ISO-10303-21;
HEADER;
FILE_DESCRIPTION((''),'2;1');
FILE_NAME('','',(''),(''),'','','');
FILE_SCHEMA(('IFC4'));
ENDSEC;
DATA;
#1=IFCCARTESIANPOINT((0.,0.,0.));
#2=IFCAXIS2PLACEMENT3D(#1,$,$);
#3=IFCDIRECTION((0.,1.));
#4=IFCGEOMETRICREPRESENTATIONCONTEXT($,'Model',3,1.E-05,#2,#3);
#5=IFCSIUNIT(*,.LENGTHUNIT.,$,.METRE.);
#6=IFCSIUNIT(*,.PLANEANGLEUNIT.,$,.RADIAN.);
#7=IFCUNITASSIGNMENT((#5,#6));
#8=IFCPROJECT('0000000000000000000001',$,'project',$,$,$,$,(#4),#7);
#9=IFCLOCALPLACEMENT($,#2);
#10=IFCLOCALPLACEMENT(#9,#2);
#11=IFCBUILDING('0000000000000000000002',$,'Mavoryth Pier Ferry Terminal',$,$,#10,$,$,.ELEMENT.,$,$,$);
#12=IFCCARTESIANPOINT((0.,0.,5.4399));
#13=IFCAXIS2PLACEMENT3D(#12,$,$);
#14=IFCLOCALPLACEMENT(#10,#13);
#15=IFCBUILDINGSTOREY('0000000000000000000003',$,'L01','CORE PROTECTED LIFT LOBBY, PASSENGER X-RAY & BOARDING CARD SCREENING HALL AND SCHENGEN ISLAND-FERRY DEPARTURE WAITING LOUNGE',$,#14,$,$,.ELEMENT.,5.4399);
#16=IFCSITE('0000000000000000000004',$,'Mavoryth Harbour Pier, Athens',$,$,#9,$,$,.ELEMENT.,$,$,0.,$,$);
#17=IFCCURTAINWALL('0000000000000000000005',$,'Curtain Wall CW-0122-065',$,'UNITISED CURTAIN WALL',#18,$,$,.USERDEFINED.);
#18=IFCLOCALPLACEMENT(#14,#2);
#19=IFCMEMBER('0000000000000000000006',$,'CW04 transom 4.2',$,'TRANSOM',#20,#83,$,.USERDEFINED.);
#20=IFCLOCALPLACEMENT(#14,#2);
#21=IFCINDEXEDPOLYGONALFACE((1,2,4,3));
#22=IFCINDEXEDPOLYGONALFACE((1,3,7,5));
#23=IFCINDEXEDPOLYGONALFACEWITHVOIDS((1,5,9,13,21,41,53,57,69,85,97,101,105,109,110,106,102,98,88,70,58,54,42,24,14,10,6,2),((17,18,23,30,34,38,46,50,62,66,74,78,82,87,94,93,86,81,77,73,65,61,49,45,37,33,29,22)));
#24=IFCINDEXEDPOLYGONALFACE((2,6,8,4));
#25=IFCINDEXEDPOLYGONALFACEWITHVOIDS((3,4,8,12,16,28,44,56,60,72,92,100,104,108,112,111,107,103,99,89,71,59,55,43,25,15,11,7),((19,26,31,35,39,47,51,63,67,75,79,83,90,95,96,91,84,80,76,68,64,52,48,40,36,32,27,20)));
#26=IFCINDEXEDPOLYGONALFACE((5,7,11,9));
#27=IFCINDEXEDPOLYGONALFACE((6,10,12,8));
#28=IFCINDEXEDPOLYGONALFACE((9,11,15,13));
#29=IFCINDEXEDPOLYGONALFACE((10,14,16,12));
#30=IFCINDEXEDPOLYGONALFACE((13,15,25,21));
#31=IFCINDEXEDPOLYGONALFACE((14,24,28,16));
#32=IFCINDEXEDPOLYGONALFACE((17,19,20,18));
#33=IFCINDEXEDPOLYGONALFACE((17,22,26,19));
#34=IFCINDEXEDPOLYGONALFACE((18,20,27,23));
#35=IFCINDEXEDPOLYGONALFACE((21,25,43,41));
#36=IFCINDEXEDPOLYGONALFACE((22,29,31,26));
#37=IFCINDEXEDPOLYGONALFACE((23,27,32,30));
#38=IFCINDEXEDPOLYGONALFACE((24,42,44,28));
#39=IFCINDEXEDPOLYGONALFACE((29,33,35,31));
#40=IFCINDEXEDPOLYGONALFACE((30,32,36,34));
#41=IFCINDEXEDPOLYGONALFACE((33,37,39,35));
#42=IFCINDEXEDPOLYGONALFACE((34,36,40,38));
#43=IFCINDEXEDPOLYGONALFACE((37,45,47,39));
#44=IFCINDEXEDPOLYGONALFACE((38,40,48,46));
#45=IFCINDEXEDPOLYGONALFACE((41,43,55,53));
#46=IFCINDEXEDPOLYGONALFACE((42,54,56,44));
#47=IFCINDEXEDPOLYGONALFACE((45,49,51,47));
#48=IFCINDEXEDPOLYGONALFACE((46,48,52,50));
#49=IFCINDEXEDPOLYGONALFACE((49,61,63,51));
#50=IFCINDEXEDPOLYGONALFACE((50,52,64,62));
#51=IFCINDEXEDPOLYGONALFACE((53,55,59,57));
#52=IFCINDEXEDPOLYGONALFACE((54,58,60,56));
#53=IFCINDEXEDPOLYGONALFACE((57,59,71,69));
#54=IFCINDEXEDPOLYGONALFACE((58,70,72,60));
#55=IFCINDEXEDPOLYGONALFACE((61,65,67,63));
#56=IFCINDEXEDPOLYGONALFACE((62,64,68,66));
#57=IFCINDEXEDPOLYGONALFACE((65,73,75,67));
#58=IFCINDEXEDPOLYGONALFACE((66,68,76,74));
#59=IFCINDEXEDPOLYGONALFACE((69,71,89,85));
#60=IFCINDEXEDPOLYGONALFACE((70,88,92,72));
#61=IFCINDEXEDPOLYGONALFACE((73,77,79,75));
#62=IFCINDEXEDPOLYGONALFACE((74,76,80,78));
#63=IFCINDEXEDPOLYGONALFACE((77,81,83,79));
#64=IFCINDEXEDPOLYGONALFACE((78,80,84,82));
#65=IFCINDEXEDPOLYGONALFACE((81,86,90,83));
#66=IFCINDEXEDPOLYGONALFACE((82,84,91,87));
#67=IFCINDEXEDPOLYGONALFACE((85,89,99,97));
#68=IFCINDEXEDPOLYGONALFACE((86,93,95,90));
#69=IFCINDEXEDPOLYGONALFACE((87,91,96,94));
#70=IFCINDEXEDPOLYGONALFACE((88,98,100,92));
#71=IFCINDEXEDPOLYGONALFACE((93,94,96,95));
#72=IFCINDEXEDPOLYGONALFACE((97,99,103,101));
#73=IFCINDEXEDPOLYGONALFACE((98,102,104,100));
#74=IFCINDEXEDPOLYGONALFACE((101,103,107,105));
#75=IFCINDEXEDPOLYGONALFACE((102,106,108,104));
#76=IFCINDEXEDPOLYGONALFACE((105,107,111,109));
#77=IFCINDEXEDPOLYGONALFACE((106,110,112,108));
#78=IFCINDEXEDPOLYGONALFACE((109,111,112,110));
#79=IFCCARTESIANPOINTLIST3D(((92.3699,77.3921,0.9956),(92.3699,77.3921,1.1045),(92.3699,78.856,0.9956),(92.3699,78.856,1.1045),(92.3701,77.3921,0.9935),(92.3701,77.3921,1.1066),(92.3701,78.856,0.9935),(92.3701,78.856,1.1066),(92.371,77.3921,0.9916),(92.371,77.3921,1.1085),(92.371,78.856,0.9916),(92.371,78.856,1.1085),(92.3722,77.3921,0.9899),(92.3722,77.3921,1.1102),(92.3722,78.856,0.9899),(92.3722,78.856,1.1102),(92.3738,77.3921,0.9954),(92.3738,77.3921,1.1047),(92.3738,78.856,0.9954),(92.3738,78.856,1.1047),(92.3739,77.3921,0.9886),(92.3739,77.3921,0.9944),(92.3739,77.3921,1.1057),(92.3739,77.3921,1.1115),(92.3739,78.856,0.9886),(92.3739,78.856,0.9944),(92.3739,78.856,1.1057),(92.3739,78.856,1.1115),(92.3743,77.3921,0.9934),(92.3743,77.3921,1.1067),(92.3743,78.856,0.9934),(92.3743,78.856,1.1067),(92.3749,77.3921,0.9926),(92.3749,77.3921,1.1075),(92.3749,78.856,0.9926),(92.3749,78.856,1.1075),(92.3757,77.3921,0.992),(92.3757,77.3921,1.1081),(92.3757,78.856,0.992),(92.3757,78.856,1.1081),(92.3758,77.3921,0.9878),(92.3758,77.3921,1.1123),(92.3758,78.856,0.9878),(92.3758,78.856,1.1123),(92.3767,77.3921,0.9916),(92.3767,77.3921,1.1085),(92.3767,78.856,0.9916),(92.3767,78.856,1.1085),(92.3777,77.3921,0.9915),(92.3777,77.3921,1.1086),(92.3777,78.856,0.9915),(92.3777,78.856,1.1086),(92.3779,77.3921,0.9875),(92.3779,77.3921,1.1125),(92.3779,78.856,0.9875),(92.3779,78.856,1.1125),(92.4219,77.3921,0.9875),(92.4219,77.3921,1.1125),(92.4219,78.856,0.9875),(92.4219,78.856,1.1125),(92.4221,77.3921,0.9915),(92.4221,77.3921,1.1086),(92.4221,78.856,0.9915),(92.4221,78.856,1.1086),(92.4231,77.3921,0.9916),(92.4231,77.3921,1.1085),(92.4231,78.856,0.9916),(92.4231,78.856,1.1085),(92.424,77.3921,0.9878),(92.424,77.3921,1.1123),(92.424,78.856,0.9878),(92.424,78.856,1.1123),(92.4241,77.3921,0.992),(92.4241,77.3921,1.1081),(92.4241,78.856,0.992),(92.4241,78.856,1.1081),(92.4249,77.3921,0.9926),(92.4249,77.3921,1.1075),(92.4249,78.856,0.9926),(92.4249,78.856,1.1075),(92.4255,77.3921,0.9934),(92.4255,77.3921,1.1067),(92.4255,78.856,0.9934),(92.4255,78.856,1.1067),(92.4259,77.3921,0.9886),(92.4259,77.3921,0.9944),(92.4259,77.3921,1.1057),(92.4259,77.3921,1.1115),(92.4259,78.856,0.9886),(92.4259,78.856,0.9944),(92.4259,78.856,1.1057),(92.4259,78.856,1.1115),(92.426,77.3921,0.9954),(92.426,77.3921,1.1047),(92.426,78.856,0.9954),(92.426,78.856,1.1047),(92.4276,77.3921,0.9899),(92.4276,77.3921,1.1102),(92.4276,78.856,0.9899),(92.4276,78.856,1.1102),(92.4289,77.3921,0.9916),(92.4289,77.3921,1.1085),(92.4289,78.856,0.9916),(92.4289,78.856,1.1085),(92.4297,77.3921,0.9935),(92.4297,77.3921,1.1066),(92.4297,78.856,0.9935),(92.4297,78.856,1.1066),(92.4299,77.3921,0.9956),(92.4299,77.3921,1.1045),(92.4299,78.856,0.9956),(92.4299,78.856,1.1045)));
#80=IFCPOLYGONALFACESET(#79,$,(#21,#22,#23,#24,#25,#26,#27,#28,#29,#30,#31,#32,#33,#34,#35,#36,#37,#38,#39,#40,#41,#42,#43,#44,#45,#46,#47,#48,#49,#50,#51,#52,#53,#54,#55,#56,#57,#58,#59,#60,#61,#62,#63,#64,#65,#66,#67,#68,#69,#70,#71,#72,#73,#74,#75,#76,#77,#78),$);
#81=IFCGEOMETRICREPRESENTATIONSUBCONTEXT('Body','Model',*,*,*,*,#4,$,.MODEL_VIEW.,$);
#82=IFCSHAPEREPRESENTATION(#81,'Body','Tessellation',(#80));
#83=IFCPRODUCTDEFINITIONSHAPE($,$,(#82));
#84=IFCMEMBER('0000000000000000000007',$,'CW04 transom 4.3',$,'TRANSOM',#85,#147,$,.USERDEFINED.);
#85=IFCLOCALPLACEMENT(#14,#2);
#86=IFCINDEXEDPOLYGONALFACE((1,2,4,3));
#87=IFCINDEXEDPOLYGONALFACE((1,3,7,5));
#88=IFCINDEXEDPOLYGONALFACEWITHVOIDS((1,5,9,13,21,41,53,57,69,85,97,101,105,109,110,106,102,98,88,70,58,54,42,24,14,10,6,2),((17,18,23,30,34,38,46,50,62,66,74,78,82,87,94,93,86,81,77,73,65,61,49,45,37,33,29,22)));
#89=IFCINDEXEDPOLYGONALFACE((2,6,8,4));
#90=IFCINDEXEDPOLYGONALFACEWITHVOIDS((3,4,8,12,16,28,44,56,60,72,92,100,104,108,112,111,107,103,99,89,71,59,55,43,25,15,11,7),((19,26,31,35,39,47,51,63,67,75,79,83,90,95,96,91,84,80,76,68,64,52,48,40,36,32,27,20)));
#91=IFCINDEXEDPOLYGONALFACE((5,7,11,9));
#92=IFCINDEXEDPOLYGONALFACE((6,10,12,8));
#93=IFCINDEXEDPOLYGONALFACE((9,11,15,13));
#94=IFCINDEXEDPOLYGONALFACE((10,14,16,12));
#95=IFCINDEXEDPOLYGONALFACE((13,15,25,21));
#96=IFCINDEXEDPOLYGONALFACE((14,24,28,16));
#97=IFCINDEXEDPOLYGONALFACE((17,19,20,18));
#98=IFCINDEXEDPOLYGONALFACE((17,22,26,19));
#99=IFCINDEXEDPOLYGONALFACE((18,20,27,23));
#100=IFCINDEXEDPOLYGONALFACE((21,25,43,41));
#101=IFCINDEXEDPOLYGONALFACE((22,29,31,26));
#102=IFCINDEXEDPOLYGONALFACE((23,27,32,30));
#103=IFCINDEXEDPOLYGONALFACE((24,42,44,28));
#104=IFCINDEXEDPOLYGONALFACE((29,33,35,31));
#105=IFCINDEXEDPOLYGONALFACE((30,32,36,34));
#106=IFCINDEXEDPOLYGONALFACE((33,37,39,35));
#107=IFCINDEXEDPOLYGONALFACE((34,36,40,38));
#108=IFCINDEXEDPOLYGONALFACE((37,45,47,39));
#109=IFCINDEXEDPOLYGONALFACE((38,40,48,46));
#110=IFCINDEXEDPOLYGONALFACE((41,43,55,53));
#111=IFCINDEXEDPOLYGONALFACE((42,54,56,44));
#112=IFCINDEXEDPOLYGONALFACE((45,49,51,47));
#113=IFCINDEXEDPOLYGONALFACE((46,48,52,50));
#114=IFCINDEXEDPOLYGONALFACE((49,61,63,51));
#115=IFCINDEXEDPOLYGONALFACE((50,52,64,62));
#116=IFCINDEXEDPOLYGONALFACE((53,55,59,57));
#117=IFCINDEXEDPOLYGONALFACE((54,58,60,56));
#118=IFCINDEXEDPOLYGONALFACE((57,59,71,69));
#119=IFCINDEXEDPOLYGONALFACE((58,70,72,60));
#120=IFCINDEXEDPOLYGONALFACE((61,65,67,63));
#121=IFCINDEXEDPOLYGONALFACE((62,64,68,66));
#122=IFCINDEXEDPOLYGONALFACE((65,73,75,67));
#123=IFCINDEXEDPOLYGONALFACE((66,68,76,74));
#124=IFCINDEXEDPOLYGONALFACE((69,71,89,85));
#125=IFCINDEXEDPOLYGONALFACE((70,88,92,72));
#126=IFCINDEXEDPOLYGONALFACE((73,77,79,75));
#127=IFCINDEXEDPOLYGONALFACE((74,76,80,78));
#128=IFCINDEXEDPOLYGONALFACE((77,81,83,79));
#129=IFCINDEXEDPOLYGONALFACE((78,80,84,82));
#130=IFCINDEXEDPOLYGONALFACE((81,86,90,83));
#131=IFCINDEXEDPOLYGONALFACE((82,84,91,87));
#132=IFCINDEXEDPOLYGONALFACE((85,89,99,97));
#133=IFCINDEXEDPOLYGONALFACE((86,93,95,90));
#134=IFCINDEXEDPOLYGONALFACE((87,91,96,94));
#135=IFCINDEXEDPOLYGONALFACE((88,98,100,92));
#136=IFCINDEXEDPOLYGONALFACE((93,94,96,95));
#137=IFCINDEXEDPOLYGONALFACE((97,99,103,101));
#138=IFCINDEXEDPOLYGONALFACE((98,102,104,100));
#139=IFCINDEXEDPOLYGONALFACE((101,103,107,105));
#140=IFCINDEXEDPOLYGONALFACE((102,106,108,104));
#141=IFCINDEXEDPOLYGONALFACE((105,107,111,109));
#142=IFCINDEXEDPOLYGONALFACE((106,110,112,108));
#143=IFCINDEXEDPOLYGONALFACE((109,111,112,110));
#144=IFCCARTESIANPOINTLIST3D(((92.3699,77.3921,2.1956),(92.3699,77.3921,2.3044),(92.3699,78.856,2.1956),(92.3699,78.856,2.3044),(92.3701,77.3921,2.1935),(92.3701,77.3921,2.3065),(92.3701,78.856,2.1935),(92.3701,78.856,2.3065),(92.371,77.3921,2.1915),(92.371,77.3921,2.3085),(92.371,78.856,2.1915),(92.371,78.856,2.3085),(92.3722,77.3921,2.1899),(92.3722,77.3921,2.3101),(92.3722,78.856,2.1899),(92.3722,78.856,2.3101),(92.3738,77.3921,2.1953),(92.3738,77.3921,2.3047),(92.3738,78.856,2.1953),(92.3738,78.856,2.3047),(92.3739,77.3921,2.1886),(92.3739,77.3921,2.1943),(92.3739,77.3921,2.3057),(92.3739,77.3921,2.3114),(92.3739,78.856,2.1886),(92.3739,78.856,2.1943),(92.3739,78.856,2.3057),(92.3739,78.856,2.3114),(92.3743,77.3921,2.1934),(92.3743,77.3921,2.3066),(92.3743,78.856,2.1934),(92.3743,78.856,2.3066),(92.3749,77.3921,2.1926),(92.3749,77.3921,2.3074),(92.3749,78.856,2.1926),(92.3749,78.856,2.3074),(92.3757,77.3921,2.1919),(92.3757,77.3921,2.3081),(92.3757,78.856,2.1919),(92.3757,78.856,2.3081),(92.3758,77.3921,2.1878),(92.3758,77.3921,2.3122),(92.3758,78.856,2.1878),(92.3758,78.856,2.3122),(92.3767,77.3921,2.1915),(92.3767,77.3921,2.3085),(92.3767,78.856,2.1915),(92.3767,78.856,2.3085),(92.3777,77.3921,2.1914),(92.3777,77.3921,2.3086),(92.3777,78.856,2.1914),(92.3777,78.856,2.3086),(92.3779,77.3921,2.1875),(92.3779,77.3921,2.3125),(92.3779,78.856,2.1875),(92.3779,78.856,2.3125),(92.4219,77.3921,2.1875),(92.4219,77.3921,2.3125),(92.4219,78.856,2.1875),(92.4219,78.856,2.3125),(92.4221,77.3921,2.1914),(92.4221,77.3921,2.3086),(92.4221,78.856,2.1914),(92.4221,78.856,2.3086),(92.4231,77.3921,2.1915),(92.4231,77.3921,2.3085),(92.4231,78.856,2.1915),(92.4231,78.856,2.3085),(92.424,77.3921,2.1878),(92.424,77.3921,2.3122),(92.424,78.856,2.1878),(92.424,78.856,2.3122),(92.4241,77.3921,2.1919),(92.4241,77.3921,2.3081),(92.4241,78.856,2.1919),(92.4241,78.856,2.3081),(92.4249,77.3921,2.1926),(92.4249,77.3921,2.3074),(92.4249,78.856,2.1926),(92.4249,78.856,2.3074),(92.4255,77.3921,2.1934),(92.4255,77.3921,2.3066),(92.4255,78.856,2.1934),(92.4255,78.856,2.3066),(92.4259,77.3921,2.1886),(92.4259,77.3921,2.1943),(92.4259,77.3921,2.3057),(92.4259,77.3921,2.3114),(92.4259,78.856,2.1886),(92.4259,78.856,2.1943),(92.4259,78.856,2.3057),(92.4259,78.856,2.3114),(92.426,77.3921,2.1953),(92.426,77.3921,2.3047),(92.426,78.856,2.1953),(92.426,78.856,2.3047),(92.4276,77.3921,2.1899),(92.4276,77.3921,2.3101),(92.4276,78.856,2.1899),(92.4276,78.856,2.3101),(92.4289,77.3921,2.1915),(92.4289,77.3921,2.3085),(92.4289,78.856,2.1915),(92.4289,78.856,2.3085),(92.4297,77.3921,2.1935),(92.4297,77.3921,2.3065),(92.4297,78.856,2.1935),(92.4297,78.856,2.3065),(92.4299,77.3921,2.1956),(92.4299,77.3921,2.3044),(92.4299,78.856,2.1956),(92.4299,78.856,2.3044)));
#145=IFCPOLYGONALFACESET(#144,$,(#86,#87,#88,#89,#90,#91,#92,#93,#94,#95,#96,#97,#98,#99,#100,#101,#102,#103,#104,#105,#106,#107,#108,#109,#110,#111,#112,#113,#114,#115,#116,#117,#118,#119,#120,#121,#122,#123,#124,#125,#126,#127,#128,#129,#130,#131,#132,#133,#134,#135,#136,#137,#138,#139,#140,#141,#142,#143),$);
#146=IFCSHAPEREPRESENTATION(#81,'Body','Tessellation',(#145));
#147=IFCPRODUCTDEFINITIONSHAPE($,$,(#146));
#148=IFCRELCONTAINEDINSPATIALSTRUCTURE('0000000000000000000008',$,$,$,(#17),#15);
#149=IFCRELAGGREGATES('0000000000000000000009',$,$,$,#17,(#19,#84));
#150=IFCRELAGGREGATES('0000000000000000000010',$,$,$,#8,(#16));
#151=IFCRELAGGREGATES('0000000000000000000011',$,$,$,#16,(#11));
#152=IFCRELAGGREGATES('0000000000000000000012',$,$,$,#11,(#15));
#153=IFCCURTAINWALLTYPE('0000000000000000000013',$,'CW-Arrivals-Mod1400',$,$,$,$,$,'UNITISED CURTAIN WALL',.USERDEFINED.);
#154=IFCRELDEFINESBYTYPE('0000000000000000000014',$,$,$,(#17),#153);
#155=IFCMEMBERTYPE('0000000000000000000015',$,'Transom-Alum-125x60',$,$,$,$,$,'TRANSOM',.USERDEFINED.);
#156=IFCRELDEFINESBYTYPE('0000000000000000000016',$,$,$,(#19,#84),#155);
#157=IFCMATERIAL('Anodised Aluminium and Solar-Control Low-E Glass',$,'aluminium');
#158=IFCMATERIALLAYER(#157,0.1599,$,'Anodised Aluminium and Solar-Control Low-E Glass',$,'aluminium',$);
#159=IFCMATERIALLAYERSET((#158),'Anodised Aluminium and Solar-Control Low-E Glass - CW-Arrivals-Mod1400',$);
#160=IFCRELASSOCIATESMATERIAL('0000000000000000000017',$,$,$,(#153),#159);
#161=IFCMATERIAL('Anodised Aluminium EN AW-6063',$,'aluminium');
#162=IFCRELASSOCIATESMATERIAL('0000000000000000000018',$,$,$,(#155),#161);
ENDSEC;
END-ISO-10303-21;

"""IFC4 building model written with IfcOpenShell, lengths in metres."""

from ifc_helpers import new_model, si_unit, direction, frame, origin, origin_2d, place, context, subcontext, project, spatial, hollow_rectangle, extrude, material, layer, layer_set, material_profile, profile_set, type_object, element, aggregate, save


model = new_model("IFC4")

# Units and contexts
model_context = context("Model", 3, precision=1e-05, world=origin(), true_north=direction((0.0, 1.0)))
body_context = subcontext(model_context, "Body", "Model", "MODEL_VIEW")
ifc_project = project(units=[si_unit("LENGTHUNIT", "METRE"), si_unit("PLANEANGLEUNIT", "RADIAN")], contexts=[model_context])

# Site, building, storey
site_placement = place(None, origin())
site = spatial("IfcSite", under=ifc_project, at=site_placement, Name="Mavoryth Harbour Pier, Athens", CompositionType="ELEMENT", RefElevation=0.0)
building_placement = place(site_placement, origin())
building = spatial("IfcBuilding", under=site, at=building_placement, Name="Mavoryth Pier Ferry Terminal", CompositionType="ELEMENT")
storey_placement = place(building_placement, frame((0.0, 0.0, 5.4399)))
storey = spatial("IfcBuildingStorey", under=building, at=storey_placement, Name="L01", Description="CORE PROTECTED LIFT LOBBY, PASSENGER X-RAY & BOARDING CARD SCREENING HALL AND SCHENGEN ISLAND-FERRY DEPARTURE WAITING LOUNGE", CompositionType="ELEMENT", Elevation=5.4399)

# Curtain wall
ifc_material_1 = material(Name="Anodised Aluminium and Solar-Control Low-E Glass", Category="aluminium")
ifc_layer_1 = layer(ifc_material_1, 0.1599, Name="Anodised Aluminium and Solar-Control Low-E Glass", Category="aluminium")
ifc_layer_set_1 = layer_set([ifc_layer_1], Name="Anodised Aluminium and Solar-Control Low-E Glass - CW-Arrivals-Mod1400")
curtain_wall_type = type_object("IfcCurtainWallType", Name="CW-Arrivals-Mod1400", ElementType="UNITISED CURTAIN WALL", PredefinedType="USERDEFINED", material=ifc_layer_set_1)
curtain_wall_1_placement = place(storey_placement, origin())
curtain_wall_1 = element("IfcCurtainWall", 1, at=curtain_wall_1_placement, inside=storey, type_object=curtain_wall_type, Name="Curtain Wall CW-0122-065", ObjectType="UNITISED CURTAIN WALL", PredefinedType="USERDEFINED")
ifc_material_2 = material(Name="Anodised Aluminium EN AW-6063", Category="aluminium")

# Members
ifc_material_profile_1 = material_profile(ifc_material_2, hollow_rectangle(XDim=0.0601, YDim=0.125, WallThickness=0.0039, InnerFilletRadius=0.0039, OuterFilletRadius=0.0081, at=origin_2d()), Name="AL-TRAN 125x60x4", Category="aluminium")
ifc_profile_set_1 = profile_set([ifc_material_profile_1], Name="Anodised Aluminium EN AW-6063 - AL-TRAN 125x60x4")
member_type_1 = type_object("IfcMemberType", Name="Transom-Alum-125x60", ElementType="TRANSOM", PredefinedType="USERDEFINED", material=ifc_profile_set_1)
member_1_placement = place(storey_placement, frame((92.3999, 77.3921, 1.05), z_axis=(0.0, 1.0, 0.0), x_axis=(-1.0, 0.0, 0.0)))
member_1 = element("IfcMember", 2, at=member_1_placement, type_object=member_type_1, Name="CW04 transom 4.2", ObjectType="TRANSOM", PredefinedType="USERDEFINED", context=body_context, shape_type="SweptSolid", body=[
    extrude(hollow_rectangle(XDim=0.0601, YDim=0.125, WallThickness=0.0039, InnerFilletRadius=0.0039, OuterFilletRadius=0.0081, at=origin_2d()), origin(), (0.0, 0.0, 1.0), 1.4639),
])
member_2_placement = place(storey_placement, frame((92.3999, 77.3921, 2.25), z_axis=(0.0, 1.0, 0.0), x_axis=(-1.0, 0.0, 0.0)))
member_2 = element("IfcMember", 3, at=member_2_placement, type_object=member_type_1, Name="CW04 transom 4.3", ObjectType="TRANSOM", PredefinedType="USERDEFINED", context=body_context, shape_type="SweptSolid", body=[
    extrude(hollow_rectangle(XDim=0.0601, YDim=0.125, WallThickness=0.0039, InnerFilletRadius=0.0039, OuterFilletRadius=0.0081, at=origin_2d()), origin(), (0.0, 0.0, 1.0), 1.4639),
])

aggregate(curtain_wall_1, [member_1, member_2])

save(model, "model.ifc")
